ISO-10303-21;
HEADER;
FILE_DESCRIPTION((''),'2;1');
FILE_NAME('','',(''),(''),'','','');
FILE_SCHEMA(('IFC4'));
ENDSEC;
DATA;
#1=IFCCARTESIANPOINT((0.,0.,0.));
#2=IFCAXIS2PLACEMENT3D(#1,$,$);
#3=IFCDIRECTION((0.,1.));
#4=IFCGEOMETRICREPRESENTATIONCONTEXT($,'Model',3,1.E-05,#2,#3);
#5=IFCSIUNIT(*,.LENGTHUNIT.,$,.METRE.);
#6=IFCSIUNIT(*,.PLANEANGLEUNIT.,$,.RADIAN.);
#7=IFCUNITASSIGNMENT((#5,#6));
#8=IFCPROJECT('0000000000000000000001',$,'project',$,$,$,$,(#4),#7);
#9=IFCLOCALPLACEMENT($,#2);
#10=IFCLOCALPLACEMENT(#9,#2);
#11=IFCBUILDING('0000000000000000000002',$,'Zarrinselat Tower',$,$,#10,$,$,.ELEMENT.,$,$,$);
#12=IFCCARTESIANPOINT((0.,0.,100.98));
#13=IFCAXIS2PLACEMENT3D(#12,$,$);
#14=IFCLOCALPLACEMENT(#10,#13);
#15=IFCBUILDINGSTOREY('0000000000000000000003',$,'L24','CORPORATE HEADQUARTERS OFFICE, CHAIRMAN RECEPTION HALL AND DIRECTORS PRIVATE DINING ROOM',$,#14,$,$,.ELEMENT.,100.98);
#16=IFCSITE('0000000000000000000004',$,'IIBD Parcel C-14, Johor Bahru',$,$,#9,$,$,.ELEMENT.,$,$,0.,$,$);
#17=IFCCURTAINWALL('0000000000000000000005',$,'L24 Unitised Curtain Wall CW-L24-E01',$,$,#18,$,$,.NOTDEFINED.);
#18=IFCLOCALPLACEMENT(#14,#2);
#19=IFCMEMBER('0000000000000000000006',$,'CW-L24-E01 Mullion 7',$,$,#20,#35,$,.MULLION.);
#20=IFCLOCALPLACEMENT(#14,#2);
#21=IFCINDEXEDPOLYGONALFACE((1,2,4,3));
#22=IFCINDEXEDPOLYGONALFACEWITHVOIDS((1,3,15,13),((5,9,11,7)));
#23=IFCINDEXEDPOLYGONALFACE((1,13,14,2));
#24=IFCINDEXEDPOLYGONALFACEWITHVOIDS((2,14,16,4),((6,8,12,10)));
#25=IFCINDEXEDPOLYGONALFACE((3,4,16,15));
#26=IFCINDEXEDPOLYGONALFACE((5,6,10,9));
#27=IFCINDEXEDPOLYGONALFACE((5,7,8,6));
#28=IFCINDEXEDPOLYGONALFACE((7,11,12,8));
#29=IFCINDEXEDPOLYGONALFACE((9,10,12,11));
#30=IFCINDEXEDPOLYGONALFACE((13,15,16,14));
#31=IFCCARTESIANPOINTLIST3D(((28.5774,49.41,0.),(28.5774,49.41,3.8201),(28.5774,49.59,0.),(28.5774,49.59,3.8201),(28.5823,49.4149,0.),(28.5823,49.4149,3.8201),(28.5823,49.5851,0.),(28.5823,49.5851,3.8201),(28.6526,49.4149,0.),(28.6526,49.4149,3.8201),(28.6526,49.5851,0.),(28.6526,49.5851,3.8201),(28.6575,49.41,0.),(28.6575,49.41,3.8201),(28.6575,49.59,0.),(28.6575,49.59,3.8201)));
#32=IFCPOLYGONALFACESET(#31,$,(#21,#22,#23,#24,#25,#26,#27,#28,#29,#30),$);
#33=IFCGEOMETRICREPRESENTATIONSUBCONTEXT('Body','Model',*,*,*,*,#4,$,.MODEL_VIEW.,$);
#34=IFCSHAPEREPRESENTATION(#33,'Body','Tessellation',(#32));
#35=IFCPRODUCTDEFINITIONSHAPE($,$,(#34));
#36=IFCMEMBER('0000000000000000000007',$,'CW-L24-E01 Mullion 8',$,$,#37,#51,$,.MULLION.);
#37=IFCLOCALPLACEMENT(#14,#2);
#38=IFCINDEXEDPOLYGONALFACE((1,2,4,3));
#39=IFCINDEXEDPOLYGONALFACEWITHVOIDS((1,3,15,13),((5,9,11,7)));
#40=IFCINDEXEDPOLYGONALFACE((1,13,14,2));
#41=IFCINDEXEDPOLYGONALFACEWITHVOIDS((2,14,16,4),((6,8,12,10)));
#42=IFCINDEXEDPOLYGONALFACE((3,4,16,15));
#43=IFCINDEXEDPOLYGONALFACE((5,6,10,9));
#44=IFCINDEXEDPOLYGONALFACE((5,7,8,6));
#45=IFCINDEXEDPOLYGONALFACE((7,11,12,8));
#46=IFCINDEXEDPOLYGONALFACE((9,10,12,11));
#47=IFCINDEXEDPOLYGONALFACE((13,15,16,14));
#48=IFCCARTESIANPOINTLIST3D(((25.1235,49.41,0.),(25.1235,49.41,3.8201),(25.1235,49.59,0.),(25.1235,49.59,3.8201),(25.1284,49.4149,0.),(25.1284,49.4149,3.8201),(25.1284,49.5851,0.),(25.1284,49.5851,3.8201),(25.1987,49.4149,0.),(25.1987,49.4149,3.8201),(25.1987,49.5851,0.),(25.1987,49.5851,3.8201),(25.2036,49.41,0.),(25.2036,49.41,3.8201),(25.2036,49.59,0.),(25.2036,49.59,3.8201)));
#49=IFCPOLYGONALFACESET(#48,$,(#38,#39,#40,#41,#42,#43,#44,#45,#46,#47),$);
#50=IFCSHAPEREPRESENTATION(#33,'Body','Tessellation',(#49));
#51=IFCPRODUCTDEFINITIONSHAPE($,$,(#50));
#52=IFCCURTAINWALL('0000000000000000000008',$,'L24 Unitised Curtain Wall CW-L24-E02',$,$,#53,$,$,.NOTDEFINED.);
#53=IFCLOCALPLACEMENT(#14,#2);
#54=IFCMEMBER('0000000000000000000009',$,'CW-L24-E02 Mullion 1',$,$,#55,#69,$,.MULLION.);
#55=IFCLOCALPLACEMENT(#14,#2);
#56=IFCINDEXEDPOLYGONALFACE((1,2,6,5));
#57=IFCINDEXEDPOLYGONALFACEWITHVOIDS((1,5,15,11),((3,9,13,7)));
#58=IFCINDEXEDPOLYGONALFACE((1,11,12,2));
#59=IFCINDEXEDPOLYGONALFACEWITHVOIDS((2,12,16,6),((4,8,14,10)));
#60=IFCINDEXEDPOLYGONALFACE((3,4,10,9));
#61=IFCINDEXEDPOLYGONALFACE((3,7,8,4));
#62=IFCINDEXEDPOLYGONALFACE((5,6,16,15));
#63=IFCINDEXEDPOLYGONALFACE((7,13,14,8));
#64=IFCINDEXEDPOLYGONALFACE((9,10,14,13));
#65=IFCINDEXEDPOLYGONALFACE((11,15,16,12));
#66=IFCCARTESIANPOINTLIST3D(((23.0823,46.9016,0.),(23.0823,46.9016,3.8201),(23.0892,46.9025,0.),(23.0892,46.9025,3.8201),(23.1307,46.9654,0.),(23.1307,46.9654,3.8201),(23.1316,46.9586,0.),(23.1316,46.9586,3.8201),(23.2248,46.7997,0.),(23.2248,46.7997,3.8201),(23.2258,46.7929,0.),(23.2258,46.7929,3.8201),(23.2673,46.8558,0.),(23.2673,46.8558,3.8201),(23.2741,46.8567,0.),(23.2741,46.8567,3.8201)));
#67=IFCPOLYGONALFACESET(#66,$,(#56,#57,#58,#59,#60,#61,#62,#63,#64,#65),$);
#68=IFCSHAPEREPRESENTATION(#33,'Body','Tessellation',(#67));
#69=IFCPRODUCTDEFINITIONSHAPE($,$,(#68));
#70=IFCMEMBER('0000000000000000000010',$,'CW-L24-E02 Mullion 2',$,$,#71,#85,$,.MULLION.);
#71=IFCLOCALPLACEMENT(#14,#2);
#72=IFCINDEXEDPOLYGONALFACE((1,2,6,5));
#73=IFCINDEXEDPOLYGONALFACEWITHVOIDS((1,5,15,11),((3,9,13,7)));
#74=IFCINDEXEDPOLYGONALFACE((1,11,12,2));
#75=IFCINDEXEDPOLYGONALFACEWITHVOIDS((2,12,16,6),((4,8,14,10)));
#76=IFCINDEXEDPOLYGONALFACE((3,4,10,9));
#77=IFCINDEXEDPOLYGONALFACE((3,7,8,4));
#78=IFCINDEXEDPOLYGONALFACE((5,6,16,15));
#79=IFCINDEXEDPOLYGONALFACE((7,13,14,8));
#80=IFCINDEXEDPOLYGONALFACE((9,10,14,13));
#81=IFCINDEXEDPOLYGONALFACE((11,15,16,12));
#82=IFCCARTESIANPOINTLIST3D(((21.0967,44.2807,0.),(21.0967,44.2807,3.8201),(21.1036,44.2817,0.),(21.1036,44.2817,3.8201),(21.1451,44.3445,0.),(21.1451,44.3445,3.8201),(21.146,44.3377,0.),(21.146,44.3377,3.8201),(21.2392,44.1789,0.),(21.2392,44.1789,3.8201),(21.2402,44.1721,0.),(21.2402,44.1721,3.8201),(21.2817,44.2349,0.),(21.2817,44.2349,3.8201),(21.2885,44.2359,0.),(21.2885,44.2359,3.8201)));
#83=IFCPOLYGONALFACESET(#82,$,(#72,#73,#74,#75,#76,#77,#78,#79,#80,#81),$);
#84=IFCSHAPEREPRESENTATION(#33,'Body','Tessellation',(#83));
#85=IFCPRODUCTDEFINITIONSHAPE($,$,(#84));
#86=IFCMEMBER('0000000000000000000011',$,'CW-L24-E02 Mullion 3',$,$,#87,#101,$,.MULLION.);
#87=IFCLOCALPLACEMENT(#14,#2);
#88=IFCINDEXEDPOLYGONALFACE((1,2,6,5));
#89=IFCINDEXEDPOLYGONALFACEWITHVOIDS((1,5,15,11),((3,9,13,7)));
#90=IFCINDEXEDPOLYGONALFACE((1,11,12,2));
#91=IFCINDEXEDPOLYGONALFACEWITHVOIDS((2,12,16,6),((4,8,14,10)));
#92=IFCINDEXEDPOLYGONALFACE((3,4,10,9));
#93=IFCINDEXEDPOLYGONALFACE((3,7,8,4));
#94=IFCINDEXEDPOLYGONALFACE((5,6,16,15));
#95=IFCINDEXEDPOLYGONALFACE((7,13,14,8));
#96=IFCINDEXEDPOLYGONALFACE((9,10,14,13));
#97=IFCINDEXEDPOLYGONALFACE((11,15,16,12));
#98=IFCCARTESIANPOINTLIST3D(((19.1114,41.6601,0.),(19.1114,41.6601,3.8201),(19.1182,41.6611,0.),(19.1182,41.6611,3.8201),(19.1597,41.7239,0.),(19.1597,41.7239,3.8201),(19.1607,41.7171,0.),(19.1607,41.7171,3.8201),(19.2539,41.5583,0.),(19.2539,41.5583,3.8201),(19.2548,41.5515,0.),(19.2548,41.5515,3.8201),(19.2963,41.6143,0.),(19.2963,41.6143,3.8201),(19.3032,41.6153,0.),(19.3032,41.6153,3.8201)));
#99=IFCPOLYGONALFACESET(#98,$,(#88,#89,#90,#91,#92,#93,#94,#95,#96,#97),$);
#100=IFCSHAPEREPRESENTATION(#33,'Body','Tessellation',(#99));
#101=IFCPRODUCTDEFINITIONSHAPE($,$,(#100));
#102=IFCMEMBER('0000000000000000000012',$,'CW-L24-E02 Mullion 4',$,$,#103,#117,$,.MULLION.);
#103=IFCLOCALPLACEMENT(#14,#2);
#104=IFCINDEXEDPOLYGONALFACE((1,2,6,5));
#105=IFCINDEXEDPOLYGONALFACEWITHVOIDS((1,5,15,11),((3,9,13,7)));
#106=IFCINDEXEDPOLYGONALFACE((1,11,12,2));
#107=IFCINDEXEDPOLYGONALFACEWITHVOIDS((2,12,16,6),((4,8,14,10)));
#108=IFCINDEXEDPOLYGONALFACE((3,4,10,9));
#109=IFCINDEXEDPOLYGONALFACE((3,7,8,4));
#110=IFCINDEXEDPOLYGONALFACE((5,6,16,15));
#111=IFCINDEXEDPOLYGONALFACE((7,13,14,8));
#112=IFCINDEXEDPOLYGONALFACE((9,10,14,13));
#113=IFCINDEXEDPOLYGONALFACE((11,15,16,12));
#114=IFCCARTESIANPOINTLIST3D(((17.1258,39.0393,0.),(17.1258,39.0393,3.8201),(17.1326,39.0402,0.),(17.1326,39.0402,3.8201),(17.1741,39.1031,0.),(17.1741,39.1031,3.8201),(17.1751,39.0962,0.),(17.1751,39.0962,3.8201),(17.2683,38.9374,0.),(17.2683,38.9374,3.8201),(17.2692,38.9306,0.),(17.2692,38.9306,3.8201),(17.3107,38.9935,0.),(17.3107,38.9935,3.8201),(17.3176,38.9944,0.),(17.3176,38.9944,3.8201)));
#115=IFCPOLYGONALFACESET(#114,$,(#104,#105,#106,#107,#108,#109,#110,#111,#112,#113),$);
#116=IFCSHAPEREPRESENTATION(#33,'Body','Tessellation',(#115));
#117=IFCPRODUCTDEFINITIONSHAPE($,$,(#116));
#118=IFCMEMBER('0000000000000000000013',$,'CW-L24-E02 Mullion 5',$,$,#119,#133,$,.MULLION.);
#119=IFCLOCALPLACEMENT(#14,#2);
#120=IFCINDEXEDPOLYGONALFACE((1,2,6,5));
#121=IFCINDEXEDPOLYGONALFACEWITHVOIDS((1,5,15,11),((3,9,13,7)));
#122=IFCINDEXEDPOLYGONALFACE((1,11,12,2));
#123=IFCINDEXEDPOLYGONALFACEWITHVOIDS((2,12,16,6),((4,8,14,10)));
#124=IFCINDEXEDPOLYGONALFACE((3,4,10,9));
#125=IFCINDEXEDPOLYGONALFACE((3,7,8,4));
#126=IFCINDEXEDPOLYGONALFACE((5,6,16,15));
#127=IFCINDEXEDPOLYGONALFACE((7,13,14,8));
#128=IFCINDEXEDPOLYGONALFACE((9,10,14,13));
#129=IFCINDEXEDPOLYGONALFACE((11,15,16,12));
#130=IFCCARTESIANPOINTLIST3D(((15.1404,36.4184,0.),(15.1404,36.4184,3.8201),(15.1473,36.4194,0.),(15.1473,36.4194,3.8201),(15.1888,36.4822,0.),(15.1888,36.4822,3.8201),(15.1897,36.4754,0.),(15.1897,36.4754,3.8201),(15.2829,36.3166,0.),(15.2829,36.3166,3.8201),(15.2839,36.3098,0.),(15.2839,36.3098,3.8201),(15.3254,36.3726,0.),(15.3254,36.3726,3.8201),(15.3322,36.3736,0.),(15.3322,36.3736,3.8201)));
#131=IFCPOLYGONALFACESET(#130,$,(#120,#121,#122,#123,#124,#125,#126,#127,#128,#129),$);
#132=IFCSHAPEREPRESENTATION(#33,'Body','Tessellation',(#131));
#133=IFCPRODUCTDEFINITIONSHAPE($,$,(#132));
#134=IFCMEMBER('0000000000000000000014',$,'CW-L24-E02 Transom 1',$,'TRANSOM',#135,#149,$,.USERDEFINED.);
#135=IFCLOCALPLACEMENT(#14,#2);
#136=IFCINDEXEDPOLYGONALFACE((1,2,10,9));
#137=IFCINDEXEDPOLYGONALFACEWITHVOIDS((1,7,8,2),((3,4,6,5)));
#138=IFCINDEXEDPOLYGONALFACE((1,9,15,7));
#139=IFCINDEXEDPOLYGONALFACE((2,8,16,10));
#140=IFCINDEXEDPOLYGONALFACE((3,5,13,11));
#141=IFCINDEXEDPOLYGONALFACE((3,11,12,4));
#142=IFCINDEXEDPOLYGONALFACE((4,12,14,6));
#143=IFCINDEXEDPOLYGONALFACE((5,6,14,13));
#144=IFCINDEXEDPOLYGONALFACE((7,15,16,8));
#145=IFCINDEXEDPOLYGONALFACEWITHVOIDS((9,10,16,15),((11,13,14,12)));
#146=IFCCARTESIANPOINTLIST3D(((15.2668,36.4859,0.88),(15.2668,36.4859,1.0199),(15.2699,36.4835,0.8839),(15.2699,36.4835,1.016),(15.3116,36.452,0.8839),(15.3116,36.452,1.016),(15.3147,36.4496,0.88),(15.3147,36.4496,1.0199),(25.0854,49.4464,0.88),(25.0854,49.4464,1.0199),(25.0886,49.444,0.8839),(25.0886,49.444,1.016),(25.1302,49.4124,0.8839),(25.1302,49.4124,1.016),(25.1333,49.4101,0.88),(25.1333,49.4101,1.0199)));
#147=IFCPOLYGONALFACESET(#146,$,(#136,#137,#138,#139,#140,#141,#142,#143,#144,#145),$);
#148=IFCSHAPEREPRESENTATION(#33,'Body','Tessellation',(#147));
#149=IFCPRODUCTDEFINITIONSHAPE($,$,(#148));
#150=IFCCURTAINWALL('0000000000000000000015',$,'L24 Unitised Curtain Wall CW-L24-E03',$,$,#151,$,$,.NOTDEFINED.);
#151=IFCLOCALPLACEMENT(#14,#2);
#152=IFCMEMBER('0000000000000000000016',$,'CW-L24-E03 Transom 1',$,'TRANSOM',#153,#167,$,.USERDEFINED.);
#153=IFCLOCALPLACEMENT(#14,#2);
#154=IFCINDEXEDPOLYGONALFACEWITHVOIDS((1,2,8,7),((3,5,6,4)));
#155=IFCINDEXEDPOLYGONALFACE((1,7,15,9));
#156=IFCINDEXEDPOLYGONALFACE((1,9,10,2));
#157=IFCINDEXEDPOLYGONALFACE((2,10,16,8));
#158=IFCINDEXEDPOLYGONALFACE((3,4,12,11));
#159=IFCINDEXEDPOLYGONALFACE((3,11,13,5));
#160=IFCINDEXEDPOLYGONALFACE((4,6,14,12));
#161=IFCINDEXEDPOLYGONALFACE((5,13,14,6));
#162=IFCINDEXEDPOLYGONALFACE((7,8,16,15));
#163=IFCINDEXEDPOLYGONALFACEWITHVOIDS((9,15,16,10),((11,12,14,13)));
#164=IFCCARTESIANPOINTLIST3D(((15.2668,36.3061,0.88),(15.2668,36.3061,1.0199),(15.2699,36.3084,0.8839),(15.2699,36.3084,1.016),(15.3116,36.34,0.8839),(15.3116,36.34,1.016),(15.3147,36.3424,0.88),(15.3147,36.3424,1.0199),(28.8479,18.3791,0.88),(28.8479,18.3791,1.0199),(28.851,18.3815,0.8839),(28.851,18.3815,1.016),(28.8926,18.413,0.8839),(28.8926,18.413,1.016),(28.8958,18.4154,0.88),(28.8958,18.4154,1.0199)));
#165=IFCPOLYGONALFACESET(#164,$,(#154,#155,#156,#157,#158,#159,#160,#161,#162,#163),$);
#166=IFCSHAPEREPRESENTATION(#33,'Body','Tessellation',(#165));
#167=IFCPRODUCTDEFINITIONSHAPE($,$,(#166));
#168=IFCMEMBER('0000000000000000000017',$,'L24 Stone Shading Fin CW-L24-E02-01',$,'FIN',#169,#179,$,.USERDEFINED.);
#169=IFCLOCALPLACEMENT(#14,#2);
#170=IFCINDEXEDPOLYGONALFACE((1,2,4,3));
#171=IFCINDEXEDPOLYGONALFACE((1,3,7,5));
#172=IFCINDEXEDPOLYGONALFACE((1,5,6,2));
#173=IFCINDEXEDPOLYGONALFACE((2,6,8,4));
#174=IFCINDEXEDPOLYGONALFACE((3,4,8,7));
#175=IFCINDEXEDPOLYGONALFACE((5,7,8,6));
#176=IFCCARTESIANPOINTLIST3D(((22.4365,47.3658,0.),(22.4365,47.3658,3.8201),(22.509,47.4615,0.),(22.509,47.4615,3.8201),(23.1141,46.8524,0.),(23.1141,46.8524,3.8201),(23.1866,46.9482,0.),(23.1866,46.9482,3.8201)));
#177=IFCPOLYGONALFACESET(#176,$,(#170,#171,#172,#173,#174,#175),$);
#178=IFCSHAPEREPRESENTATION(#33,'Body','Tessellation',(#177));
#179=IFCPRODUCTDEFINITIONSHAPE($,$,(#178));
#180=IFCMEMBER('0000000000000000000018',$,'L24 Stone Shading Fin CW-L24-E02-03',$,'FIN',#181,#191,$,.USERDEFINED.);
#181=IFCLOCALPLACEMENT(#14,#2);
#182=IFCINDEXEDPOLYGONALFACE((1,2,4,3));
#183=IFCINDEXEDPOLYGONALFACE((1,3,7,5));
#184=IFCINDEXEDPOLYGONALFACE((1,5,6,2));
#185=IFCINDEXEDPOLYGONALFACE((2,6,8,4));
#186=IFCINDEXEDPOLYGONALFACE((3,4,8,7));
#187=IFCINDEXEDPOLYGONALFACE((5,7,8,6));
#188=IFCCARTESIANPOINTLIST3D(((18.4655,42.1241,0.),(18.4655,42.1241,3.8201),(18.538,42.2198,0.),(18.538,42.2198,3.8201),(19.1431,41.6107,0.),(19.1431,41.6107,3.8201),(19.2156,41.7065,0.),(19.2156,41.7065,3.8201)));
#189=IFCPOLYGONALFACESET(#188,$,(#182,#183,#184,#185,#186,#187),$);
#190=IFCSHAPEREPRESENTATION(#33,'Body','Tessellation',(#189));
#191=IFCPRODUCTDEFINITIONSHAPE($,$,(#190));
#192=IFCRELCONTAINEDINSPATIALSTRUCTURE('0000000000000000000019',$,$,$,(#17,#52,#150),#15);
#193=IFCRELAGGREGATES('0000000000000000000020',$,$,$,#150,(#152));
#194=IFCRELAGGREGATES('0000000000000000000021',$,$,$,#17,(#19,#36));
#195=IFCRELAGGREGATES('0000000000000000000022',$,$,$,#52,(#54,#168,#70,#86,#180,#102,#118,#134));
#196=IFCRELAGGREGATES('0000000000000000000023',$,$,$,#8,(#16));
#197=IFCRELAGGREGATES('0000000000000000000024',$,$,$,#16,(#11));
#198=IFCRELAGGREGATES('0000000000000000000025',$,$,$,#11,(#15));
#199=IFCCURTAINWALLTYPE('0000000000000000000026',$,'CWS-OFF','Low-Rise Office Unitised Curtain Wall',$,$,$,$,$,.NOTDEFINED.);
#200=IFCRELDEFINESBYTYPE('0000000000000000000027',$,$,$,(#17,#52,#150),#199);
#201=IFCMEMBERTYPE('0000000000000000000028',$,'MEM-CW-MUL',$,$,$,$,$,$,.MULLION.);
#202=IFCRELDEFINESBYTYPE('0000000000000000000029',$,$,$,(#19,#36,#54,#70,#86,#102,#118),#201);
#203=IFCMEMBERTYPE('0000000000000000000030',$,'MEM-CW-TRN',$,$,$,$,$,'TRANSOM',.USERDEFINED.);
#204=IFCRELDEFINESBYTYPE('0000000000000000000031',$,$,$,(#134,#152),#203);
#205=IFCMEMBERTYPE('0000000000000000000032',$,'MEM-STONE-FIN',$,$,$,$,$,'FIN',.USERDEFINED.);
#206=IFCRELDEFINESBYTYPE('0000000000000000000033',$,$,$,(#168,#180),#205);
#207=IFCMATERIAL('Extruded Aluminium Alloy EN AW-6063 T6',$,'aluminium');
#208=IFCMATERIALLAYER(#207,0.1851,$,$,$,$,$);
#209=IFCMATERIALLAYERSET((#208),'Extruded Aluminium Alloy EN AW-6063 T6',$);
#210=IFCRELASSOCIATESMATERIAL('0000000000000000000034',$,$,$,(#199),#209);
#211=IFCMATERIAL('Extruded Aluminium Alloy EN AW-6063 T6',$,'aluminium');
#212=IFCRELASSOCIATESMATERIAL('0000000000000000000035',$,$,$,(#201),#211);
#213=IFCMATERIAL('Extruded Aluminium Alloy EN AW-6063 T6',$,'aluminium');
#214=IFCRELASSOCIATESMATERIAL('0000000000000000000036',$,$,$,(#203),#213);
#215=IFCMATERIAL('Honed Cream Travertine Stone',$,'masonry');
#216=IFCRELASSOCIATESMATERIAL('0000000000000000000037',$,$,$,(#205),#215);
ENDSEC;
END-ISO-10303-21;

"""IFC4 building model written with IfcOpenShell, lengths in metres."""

from ifc_helpers import new_model, si_unit, direction, frame, origin, origin_2d, place, context, subcontext, project, spatial, rectangle, hollow_rectangle, extrude, material, layer, layer_set, material_profile, profile_set, type_object, element, aggregate, save


model = new_model("IFC4")

# Units and contexts
model_context = context("Model", 3, precision=1e-05, world=origin(), true_north=direction((0.0, 1.0)))
body_context = subcontext(model_context, "Body", "Model", "MODEL_VIEW")
ifc_project = project(units=[si_unit("LENGTHUNIT", "METRE"), si_unit("PLANEANGLEUNIT", "RADIAN")], contexts=[model_context])

# Site, building, storey
site_placement = place(None, origin())
site = spatial("IfcSite", under=ifc_project, at=site_placement, Name="IIBD Parcel C-14, Johor Bahru", CompositionType="ELEMENT", RefElevation=0.0)
building_placement = place(site_placement, origin())
building = spatial("IfcBuilding", under=site, at=building_placement, Name="Zarrinselat Tower", CompositionType="ELEMENT")
storey_placement = place(building_placement, frame((0.0, 0.0, 100.98)))
storey = spatial("IfcBuildingStorey", under=building, at=storey_placement, Name="L24", Description="CORPORATE HEADQUARTERS OFFICE, CHAIRMAN RECEPTION HALL AND DIRECTORS PRIVATE DINING ROOM", CompositionType="ELEMENT", Elevation=100.98)

# Curtain walls, members
ifc_material_1 = material(Name="Extruded Aluminium Alloy EN AW-6063 T6", Category="aluminium")
ifc_layer_1 = layer(ifc_material_1, 0.1851)
ifc_layer_set_1 = layer_set([ifc_layer_1], Name="Extruded Aluminium Alloy EN AW-6063 T6")
curtain_wall_type = type_object("IfcCurtainWallType", Name="CWS-OFF", Description="Low-Rise Office Unitised Curtain Wall", PredefinedType="NOTDEFINED", material=ifc_layer_set_1)
curtain_wall_1_placement = place(storey_placement, origin())
curtain_wall_1 = element("IfcCurtainWall", 1, at=curtain_wall_1_placement, inside=storey, type_object=curtain_wall_type, Name="L24 Unitised Curtain Wall CW-L24-E01", PredefinedType="NOTDEFINED")
ifc_material_2 = material(Name="Extruded Aluminium Alloy EN AW-6063 T6", Category="aluminium")
ifc_material_profile_1 = material_profile(ifc_material_2, hollow_rectangle(XDim=0.0801, YDim=0.1799, WallThickness=0.0049, at=origin_2d()), Name="RHS 180x80x5")
ifc_profile_set_1 = profile_set([ifc_material_profile_1], Name="Extruded Aluminium Alloy EN AW-6063 T6")
member_type_1 = type_object("IfcMemberType", Name="MEM-CW-MUL", PredefinedType="MULLION", material=ifc_profile_set_1)
member_1_placement = place(storey_placement, frame((28.6174, 49.5, 0.0), z_axis=(0.0, 0.0, 1.0), x_axis=(-1.0, 0.0, 0.0)))
member_1 = element("IfcMember", 2, at=member_1_placement, type_object=member_type_1, Name="CW-L24-E01 Mullion 7", PredefinedType="MULLION", context=body_context, shape_type="SweptSolid", body=[
    extrude(hollow_rectangle(XDim=0.0801, YDim=0.1799, WallThickness=0.0049, at=origin_2d()), origin(), (0.0, 0.0, 1.0), 3.8201),
])
member_2_placement = place(storey_placement, frame((25.1636, 49.5, 0.0), z_axis=(0.0, 0.0, 1.0), x_axis=(-1.0, 0.0, 0.0)))
member_2 = element("IfcMember", 3, at=member_2_placement, type_object=member_type_1, Name="CW-L24-E01 Mullion 8", PredefinedType="MULLION", context=body_context, shape_type="SweptSolid", body=[
    extrude(hollow_rectangle(XDim=0.0801, YDim=0.1799, WallThickness=0.0049, at=origin_2d()), origin(), (0.0, 0.0, 1.0), 3.8201),
])
curtain_wall_2_placement = place(storey_placement, origin())
curtain_wall_2 = element("IfcCurtainWall", 4, at=curtain_wall_2_placement, inside=storey, type_object=curtain_wall_type, Name="L24 Unitised Curtain Wall CW-L24-E02", PredefinedType="NOTDEFINED")
member_3_placement = place(storey_placement, frame((23.1782, 46.8792, 0.0), z_axis=(0.0, 0.0, 1.0), x_axis=(-0.603855, -0.797094, 0.0)))
member_3 = element("IfcMember", 5, at=member_3_placement, type_object=member_type_1, Name="CW-L24-E02 Mullion 1", PredefinedType="MULLION", context=body_context, shape_type="SweptSolid", body=[
    extrude(hollow_rectangle(XDim=0.0801, YDim=0.1799, WallThickness=0.0049, at=origin_2d()), origin(), (0.0, 0.0, 1.0), 3.8201),
])
member_4_placement = place(storey_placement, frame((21.1926, 44.2583, 0.0), z_axis=(0.0, 0.0, 1.0), x_axis=(-0.603855, -0.797094, 0.0)))
member_4 = element("IfcMember", 6, at=member_4_placement, type_object=member_type_1, Name="CW-L24-E02 Mullion 2", PredefinedType="MULLION", context=body_context, shape_type="SweptSolid", body=[
    extrude(hollow_rectangle(XDim=0.0801, YDim=0.1799, WallThickness=0.0049, at=origin_2d()), origin(), (0.0, 0.0, 1.0), 3.8201),
])
member_5_placement = place(storey_placement, frame((19.2073, 41.6377, 0.0), z_axis=(0.0, 0.0, 1.0), x_axis=(-0.603855, -0.797094, 0.0)))
member_5 = element("IfcMember", 7, at=member_5_placement, type_object=member_type_1, Name="CW-L24-E02 Mullion 3", PredefinedType="MULLION", context=body_context, shape_type="SweptSolid", body=[
    extrude(hollow_rectangle(XDim=0.0801, YDim=0.1799, WallThickness=0.0049, at=origin_2d()), origin(), (0.0, 0.0, 1.0), 3.8201),
])
member_6_placement = place(storey_placement, frame((17.2217, 39.0168, 0.0), z_axis=(0.0, 0.0, 1.0), x_axis=(-0.603855, -0.797094, 0.0)))
member_6 = element("IfcMember", 8, at=member_6_placement, type_object=member_type_1, Name="CW-L24-E02 Mullion 4", PredefinedType="MULLION", context=body_context, shape_type="SweptSolid", body=[
    extrude(hollow_rectangle(XDim=0.0801, YDim=0.1799, WallThickness=0.0049, at=origin_2d()), origin(), (0.0, 0.0, 1.0), 3.8201),
])
member_7_placement = place(storey_placement, frame((15.2363, 36.396, 0.0), z_axis=(0.0, 0.0, 1.0), x_axis=(-0.603855, -0.797094, 0.0)))
member_7 = element("IfcMember", 9, at=member_7_placement, type_object=member_type_1, Name="CW-L24-E02 Mullion 5", PredefinedType="MULLION", context=body_context, shape_type="SweptSolid", body=[
    extrude(hollow_rectangle(XDim=0.0801, YDim=0.1799, WallThickness=0.0049, at=origin_2d()), origin(), (0.0, 0.0, 1.0), 3.8201),
])
ifc_material_3 = material(Name="Extruded Aluminium Alloy EN AW-6063 T6", Category="aluminium")
ifc_material_profile_2 = material_profile(ifc_material_3, hollow_rectangle(XDim=0.0601, YDim=0.1399, WallThickness=0.0039, at=origin_2d()), Name="RHS 140x60x4")
ifc_profile_set_2 = profile_set([ifc_material_profile_2], Name="Extruded Aluminium Alloy EN AW-6063 T6")
member_type_2 = type_object("IfcMemberType", Name="MEM-CW-TRN", ElementType="TRANSOM", PredefinedType="USERDEFINED", material=ifc_profile_set_2)
member_8_placement = place(storey_placement, frame((25.1094, 49.4282, 0.95), z_axis=(-0.603861, -0.79709, 0.0), x_axis=(0.79709, -0.603861, 0.0)))
member_8 = element("IfcMember", 10, at=member_8_placement, type_object=member_type_2, Name="CW-L24-E02 Transom 1", ObjectType="TRANSOM", PredefinedType="USERDEFINED", context=body_context, shape_type="SweptSolid", body=[
    extrude(hollow_rectangle(XDim=0.0601, YDim=0.1399, WallThickness=0.0039, at=origin_2d()), origin(), (0.0, 0.0, 1.0), 16.2598),
])

# Curtain wall, member
curtain_wall_3_placement = place(storey_placement, origin())
curtain_wall_3 = element("IfcCurtainWall", 11, at=curtain_wall_3_placement, inside=storey, type_object=curtain_wall_type, Name="L24 Unitised Curtain Wall CW-L24-E03", PredefinedType="NOTDEFINED")
member_9_placement = place(storey_placement, frame((15.2908, 36.3242, 0.95), z_axis=(0.603857, -0.797092, 0.0), x_axis=(0.797092, 0.603857, 0.0)))
member_9 = element("IfcMember", 12, at=member_9_placement, type_object=member_type_2, Name="CW-L24-E03 Transom 1", ObjectType="TRANSOM", PredefinedType="USERDEFINED", context=body_context, shape_type="SweptSolid", body=[
    extrude(hollow_rectangle(XDim=0.0601, YDim=0.1399, WallThickness=0.0039, at=origin_2d()), origin(), (0.0, 0.0, 1.0), 22.4905),
])
aggregate(curtain_wall_3, [member_9])

# Members
ifc_material_4 = material(Name="Honed Cream Travertine Stone", Category="masonry")
ifc_material_profile_3 = material_profile(ifc_material_4, rectangle(XDim=0.1201, YDim=0.8501, at=origin_2d()), Name="FIN 850x120")
ifc_profile_set_3 = profile_set([ifc_material_profile_3], Name="Honed Cream Travertine Stone")
member_type_3 = type_object("IfcMemberType", Name="MEM-STONE-FIN", ElementType="FIN", PredefinedType="USERDEFINED", material=ifc_profile_set_3)
member_10_placement = place(storey_placement, frame((22.8115, 47.157, 0.0), z_axis=(0.0, 0.0, 1.0), x_axis=(0.603855, 0.797094, 0.0)))
member_10 = element("IfcMember", 13, at=member_10_placement, type_object=member_type_3, Name="L24 Stone Shading Fin CW-L24-E02-01", ObjectType="FIN", PredefinedType="USERDEFINED", context=body_context, shape_type="SweptSolid", body=[
    extrude(rectangle(XDim=0.1201, YDim=0.8501, at=origin_2d()), origin(), (0.0, 0.0, 1.0), 3.8201),
])
member_11_placement = place(storey_placement, frame((18.8406, 41.9153, 0.0), z_axis=(0.0, 0.0, 1.0), x_axis=(0.603855, 0.797094, 0.0)))
member_11 = element("IfcMember", 14, at=member_11_placement, type_object=member_type_3, Name="L24 Stone Shading Fin CW-L24-E02-03", ObjectType="FIN", PredefinedType="USERDEFINED", context=body_context, shape_type="SweptSolid", body=[
    extrude(rectangle(XDim=0.1201, YDim=0.8501, at=origin_2d()), origin(), (0.0, 0.0, 1.0), 3.8201),
])

aggregate(curtain_wall_1, [member_1, member_2])
aggregate(curtain_wall_2, [member_3, member_10, member_4, member_5, member_11, member_6, member_7, member_8])

save(model, "model.ifc")
